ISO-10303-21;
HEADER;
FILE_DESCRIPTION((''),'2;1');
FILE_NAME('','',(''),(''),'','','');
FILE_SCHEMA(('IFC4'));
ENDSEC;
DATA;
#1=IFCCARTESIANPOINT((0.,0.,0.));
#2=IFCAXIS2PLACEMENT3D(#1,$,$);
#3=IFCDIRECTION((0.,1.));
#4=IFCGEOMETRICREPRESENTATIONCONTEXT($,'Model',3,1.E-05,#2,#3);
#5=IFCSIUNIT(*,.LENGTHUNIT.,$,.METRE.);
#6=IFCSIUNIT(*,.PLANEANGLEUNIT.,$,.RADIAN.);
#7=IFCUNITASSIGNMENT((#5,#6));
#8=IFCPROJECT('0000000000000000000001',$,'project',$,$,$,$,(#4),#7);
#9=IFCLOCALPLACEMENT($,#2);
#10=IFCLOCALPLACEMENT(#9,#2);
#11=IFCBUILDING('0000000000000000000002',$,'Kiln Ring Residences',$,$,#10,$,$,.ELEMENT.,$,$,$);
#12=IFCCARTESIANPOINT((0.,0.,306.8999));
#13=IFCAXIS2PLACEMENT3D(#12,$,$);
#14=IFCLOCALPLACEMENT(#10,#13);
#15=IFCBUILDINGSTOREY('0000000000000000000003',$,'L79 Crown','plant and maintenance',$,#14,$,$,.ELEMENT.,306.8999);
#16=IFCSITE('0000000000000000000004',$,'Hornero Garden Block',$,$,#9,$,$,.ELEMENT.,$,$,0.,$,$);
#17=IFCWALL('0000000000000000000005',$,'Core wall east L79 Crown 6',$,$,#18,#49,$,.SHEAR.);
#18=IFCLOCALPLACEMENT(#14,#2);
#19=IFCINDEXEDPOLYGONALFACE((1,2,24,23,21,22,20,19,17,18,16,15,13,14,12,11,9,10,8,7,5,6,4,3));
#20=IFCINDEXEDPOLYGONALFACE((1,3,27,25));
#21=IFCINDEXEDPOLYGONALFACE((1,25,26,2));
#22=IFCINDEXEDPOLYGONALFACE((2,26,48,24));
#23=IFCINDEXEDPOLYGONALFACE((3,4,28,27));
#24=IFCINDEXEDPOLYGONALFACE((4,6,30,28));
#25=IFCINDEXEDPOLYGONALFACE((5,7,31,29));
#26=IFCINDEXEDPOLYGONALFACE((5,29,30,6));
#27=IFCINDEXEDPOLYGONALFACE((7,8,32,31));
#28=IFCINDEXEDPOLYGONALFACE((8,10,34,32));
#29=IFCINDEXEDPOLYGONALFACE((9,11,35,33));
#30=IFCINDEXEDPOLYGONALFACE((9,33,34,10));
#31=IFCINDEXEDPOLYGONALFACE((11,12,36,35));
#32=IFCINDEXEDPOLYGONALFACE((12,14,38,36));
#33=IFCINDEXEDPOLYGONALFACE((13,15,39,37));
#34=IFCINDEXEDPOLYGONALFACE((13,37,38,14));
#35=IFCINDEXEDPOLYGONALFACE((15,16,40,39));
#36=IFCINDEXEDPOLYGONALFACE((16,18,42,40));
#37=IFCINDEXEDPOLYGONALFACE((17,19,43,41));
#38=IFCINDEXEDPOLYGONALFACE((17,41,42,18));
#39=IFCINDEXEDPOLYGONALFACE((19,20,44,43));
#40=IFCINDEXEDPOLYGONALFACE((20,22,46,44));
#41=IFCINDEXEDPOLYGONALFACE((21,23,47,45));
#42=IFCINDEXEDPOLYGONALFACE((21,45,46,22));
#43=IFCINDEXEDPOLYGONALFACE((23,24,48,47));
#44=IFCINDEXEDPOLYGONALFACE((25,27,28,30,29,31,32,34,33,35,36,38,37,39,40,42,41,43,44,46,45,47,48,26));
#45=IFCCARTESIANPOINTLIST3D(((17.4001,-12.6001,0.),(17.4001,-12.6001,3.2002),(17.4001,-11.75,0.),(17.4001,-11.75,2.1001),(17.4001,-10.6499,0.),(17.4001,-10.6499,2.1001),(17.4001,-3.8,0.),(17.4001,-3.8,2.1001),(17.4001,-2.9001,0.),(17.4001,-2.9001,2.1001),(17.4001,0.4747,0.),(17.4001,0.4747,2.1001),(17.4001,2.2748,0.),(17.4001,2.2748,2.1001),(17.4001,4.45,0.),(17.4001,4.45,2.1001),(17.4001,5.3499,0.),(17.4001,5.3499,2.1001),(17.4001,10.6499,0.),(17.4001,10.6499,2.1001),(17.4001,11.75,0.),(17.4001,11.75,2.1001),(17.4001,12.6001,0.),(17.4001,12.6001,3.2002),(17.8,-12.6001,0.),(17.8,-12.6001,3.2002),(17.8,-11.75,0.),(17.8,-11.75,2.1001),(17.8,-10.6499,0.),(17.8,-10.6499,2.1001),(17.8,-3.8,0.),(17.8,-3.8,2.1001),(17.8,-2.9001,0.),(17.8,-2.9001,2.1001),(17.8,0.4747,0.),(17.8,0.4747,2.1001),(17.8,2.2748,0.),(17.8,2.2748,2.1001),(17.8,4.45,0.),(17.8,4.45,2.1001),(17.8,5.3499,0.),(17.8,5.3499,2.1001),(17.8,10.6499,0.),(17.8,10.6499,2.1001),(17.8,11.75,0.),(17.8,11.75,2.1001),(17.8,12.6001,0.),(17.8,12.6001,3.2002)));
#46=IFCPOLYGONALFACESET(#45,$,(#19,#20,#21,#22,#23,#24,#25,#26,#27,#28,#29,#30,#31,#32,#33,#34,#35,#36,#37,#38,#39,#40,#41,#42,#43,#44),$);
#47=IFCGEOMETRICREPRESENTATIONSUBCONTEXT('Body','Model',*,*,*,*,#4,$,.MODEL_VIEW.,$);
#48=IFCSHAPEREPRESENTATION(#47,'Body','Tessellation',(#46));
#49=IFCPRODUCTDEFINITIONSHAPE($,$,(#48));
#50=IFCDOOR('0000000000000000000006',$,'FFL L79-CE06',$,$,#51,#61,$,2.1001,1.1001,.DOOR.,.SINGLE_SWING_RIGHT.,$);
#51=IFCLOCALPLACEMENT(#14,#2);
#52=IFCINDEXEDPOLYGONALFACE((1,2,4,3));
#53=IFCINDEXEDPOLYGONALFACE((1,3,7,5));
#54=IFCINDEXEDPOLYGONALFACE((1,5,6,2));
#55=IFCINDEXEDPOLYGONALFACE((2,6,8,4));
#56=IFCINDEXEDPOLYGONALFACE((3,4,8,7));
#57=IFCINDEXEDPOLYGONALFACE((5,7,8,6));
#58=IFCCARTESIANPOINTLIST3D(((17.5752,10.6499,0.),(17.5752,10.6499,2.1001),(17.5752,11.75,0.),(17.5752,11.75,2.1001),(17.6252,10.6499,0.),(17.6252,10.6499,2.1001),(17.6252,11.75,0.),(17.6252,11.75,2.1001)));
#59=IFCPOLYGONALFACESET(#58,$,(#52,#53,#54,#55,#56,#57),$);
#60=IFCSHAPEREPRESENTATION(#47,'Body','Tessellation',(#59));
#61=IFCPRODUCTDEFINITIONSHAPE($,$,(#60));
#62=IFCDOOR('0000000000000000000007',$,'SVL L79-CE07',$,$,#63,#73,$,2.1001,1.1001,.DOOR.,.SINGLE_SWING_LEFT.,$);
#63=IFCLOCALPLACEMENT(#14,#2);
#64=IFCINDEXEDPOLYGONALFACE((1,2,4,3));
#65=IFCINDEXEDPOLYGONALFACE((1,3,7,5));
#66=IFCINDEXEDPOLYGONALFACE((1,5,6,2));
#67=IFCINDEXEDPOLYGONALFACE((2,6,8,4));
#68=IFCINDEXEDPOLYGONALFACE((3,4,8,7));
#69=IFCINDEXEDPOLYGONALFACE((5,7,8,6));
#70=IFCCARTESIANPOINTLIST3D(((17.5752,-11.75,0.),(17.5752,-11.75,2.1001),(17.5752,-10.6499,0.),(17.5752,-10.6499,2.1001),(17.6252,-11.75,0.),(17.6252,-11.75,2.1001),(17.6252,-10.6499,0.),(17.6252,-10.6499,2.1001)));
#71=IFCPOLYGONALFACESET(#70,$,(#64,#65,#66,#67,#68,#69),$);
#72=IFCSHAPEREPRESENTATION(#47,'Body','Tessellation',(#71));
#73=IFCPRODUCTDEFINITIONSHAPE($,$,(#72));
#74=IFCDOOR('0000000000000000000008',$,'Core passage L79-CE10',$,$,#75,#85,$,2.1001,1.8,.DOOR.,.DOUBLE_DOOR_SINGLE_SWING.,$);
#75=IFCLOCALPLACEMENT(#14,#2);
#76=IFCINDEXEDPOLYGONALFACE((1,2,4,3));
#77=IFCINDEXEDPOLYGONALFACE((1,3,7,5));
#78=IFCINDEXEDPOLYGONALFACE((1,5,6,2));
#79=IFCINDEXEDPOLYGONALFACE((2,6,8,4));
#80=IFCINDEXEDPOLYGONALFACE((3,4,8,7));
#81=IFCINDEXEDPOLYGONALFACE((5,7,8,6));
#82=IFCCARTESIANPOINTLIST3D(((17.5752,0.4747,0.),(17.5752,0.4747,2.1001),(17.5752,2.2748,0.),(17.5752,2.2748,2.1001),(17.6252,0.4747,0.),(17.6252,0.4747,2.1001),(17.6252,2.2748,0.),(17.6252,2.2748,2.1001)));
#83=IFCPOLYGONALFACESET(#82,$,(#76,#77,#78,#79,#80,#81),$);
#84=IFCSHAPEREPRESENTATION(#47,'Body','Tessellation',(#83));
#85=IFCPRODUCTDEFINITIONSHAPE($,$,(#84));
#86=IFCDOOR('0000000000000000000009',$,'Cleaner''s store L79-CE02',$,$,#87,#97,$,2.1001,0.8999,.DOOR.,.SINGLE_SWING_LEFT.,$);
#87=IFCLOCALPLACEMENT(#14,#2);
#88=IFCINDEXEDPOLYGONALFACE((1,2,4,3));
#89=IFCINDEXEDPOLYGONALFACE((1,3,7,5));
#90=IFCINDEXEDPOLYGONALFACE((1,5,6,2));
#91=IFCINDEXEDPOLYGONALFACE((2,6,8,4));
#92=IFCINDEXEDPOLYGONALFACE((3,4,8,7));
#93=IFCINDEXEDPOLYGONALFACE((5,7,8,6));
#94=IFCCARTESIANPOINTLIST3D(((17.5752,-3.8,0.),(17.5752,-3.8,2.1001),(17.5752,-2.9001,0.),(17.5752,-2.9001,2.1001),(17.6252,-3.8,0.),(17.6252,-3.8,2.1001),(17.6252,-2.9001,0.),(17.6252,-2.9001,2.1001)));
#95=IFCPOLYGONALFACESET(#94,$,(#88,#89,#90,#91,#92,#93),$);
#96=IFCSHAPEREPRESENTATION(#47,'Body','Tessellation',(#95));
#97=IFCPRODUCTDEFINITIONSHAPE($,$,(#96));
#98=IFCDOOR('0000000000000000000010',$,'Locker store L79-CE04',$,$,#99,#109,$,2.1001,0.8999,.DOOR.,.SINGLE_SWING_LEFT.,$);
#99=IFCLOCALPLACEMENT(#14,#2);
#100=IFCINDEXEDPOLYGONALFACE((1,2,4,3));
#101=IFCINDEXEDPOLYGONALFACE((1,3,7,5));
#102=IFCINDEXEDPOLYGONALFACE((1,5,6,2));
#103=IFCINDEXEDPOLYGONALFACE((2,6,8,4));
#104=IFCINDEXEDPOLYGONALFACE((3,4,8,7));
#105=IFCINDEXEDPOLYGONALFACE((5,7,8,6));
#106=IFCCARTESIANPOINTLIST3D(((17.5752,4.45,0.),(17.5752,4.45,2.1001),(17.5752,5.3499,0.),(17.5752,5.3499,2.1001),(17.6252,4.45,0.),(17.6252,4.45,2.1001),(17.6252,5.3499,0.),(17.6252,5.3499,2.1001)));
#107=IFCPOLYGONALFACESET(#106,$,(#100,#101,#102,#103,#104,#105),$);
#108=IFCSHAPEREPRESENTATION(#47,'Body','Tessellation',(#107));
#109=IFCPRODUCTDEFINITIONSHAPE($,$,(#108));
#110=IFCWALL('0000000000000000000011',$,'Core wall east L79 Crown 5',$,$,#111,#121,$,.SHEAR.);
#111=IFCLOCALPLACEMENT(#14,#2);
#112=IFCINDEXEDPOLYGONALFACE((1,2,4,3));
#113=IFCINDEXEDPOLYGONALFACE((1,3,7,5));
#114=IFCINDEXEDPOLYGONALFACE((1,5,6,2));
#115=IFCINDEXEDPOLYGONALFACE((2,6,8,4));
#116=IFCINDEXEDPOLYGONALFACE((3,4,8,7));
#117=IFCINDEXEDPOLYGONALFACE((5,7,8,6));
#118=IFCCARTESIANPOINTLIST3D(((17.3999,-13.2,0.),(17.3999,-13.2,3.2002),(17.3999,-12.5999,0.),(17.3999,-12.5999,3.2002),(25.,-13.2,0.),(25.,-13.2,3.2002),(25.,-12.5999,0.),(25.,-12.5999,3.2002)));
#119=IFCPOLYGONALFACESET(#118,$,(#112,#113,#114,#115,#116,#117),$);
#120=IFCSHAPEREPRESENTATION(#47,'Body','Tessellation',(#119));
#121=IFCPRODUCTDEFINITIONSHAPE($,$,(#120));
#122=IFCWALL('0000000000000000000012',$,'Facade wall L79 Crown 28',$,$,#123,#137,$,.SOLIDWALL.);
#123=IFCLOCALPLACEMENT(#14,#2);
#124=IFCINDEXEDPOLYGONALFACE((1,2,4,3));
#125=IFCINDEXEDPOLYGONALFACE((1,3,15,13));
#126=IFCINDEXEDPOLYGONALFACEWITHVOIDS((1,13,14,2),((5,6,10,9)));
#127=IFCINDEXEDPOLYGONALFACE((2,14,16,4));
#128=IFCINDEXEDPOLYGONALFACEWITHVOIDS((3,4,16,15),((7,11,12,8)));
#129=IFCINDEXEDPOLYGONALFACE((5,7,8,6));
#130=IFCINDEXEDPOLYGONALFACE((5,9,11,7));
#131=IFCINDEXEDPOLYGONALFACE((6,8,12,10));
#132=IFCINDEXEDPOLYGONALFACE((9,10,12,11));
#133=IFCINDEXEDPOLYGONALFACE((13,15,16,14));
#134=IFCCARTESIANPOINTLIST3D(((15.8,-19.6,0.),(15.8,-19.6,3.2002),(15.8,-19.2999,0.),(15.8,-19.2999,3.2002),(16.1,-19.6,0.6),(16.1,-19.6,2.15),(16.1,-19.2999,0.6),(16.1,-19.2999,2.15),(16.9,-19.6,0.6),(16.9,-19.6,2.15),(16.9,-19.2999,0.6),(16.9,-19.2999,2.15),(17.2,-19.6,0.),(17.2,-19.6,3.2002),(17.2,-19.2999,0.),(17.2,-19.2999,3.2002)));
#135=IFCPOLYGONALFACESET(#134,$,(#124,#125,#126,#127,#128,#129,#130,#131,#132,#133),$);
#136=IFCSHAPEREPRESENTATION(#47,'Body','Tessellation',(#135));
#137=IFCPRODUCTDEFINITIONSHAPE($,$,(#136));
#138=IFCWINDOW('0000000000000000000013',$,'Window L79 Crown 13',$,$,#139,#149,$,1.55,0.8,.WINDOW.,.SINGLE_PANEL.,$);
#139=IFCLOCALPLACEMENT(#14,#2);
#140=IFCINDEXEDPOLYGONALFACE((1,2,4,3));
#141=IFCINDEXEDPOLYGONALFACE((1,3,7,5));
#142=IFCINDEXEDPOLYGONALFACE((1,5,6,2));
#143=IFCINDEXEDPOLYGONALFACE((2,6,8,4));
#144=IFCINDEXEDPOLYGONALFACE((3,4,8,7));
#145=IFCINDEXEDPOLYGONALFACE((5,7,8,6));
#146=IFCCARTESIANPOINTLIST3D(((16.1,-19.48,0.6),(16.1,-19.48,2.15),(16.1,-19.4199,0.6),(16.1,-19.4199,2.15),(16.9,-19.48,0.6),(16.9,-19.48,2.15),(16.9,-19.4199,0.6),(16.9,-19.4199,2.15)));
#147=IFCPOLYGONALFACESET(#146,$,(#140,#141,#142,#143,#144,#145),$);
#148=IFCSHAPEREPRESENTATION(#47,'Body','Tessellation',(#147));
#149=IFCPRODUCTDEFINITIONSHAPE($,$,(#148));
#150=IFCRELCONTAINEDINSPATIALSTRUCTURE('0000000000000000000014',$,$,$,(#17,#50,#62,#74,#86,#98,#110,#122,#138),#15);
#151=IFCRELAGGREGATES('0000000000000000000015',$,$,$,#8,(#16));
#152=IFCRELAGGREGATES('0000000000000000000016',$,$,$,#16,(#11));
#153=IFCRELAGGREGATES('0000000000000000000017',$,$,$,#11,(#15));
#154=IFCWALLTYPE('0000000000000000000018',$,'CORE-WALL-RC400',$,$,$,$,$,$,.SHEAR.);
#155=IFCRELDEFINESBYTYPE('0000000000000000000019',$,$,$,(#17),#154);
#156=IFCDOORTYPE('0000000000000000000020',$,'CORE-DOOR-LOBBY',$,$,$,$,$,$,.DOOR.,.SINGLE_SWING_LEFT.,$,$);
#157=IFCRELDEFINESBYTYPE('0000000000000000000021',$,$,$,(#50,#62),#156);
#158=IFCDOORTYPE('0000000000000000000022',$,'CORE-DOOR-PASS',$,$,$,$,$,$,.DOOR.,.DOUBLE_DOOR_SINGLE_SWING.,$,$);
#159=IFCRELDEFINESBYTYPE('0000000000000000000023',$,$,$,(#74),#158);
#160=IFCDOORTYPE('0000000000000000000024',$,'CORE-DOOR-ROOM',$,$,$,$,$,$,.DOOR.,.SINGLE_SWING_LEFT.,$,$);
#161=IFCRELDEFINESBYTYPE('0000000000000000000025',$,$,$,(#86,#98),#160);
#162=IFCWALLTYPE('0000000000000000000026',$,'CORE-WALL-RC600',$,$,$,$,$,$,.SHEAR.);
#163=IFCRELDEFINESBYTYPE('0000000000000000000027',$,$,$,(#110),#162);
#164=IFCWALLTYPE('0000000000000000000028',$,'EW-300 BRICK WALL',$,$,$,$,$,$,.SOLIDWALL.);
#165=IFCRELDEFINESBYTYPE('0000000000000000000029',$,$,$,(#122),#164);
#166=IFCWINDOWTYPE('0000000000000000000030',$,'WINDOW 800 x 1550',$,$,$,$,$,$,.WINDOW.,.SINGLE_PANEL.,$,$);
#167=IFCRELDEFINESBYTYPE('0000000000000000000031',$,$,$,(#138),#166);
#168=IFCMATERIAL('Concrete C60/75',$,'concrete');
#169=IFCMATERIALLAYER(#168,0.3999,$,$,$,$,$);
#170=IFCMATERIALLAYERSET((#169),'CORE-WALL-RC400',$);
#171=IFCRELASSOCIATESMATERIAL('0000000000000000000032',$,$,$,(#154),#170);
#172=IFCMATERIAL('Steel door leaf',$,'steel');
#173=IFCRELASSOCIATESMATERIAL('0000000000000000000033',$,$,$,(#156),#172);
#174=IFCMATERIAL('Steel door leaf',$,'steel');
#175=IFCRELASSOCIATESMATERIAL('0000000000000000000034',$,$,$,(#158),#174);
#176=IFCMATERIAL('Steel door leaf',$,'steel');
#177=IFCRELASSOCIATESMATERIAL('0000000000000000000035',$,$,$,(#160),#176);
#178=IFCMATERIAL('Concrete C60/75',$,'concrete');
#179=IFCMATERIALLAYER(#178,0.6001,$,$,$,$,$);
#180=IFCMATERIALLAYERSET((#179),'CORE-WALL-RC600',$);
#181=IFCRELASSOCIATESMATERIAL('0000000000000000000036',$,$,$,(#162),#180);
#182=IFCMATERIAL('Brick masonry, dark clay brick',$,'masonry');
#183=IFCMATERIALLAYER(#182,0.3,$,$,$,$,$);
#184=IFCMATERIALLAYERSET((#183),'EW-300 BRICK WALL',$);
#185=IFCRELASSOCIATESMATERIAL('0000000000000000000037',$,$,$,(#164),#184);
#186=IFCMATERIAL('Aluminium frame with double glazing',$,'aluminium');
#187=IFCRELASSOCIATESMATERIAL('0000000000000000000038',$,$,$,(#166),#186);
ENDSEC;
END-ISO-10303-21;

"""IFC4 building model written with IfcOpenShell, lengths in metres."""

from ifc_helpers import new_model, si_unit, direction, frame, frame_2d, origin, place, context, subcontext, project, spatial, rectangle, extrude, material, layer, layer_set, type_object, element, fill, save


model = new_model("IFC4")

# Units and contexts
model_context = context("Model", 3, precision=1e-05, world=origin(), true_north=direction((0.0, 1.0)))
body_context = subcontext(model_context, "Body", "Model", "MODEL_VIEW")
ifc_project = project(units=[si_unit("LENGTHUNIT", "METRE"), si_unit("PLANEANGLEUNIT", "RADIAN")], contexts=[model_context])

# Site, building, storey
site_placement = place(None, origin())
site = spatial("IfcSite", under=ifc_project, at=site_placement, Name="Hornero Garden Block", CompositionType="ELEMENT", RefElevation=0.0)
building_placement = place(site_placement, origin())
building = spatial("IfcBuilding", under=site, at=building_placement, Name="Kiln Ring Residences", CompositionType="ELEMENT")
storey_placement = place(building_placement, frame((0.0, 0.0, 306.8999)))
storey = spatial("IfcBuildingStorey", under=building, at=storey_placement, Name="L79 Crown", Description="plant and maintenance", CompositionType="ELEMENT", Elevation=306.8999)

# Wall, openings, doors
ifc_material_1 = material(Name="Concrete C60/75", Category="concrete")
ifc_layer_1 = layer(ifc_material_1, 0.3999)
ifc_layer_set_1 = layer_set([ifc_layer_1], Name="CORE-WALL-RC400")
wall_type_1 = type_object("IfcWallType", Name="CORE-WALL-RC400", PredefinedType="SHEAR", material=ifc_layer_set_1)
wall_1_placement = place(storey_placement, frame((17.6001, -12.6001, 0.0), z_axis=(0.0, 0.0, 1.0), x_axis=(0.0, 1.0, 0.0)))
wall_1 = element("IfcWall", 1, at=wall_1_placement, inside=storey, type_object=wall_type_1, Name="Core wall east L79 Crown 6", PredefinedType="SHEAR", context=body_context, shape_type="SweptSolid", body=[
    extrude(rectangle(XDim=25.2002, YDim=0.3999, at=frame_2d((12.6001, 0.0))), origin(), (0.0, 0.0, 1.0), 3.2002),
])
opening_1_placement = place(wall_1_placement, frame((8.8, 0.0, 0.0)))
opening_1 = element("IfcOpeningElement", 2, at=opening_1_placement, cuts=wall_1, PredefinedType="OPENING", context=body_context, shape_type="SweptSolid", body=[
    extrude(rectangle(XDim=0.8999, YDim=2.1001, at=frame_2d((0.45, 1.05))), frame((0.0, 0.21, 0.0), z_axis=(0.0, -1.0, 0.0), x_axis=(1.0, 0.0, 0.0)), (0.0, 0.0, 1.0), 0.4199),
])
opening_2_placement = place(wall_1_placement, frame((17.05, 0.0, 0.0)))
opening_2 = element("IfcOpeningElement", 3, at=opening_2_placement, cuts=wall_1, PredefinedType="OPENING", context=body_context, shape_type="SweptSolid", body=[
    extrude(rectangle(XDim=0.8999, YDim=2.1001, at=frame_2d((0.45, 1.05))), frame((0.0, 0.21, 0.0), z_axis=(0.0, -1.0, 0.0), x_axis=(1.0, 0.0, 0.0)), (0.0, 0.0, 1.0), 0.4199),
])
opening_3_placement = place(wall_1_placement, frame((23.25, 0.0, 0.0)))
opening_3 = element("IfcOpeningElement", 4, at=opening_3_placement, cuts=wall_1, PredefinedType="OPENING", context=body_context, shape_type="SweptSolid", body=[
    extrude(rectangle(XDim=1.1001, YDim=2.1001, at=frame_2d((0.55, 1.05))), frame((0.0, 0.21, 0.0), z_axis=(0.0, -1.0, 0.0), x_axis=(1.0, 0.0, 0.0)), (0.0, 0.0, 1.0), 0.4199),
])
opening_4_placement = place(wall_1_placement, frame((0.8501, 0.0, 0.0)))
opening_4 = element("IfcOpeningElement", 5, at=opening_4_placement, cuts=wall_1, PredefinedType="OPENING", context=body_context, shape_type="SweptSolid", body=[
    extrude(rectangle(XDim=1.1001, YDim=2.1001, at=frame_2d((0.55, 1.05))), frame((0.0, 0.21, 0.0), z_axis=(0.0, -1.0, 0.0), x_axis=(1.0, 0.0, 0.0)), (0.0, 0.0, 1.0), 0.4199),
])
opening_5_placement = place(wall_1_placement, frame((13.075, 0.0, 0.0)))
opening_5 = element("IfcOpeningElement", 6, at=opening_5_placement, cuts=wall_1, PredefinedType="OPENING", context=body_context, shape_type="SweptSolid", body=[
    extrude(rectangle(XDim=1.8, YDim=2.1001, at=frame_2d((0.8999, 1.05))), frame((0.0, 0.21, 0.0), z_axis=(0.0, -1.0, 0.0), x_axis=(1.0, 0.0, 0.0)), (0.0, 0.0, 1.0), 0.4199),
])
ifc_material_2 = material(Name="Steel door leaf", Category="steel")
door_type_1 = type_object("IfcDoorType", Name="CORE-DOOR-LOBBY", OperationType="SINGLE_SWING_LEFT", PredefinedType="DOOR", material=ifc_material_2)
door_1_placement = place(opening_3_placement, origin())
door_1 = element("IfcDoor", 7, at=door_1_placement, inside=storey, type_object=door_type_1, Name="FFL L79-CE06", OperationType="SINGLE_SWING_RIGHT", OverallHeight=2.1001, OverallWidth=1.1001, PredefinedType="DOOR", context=body_context, shape_type="SweptSolid", body=[
    extrude(rectangle(XDim=1.1001, YDim=2.1001, at=frame_2d((0.55, 1.05))), frame((0.0, 0.0249, 0.0), z_axis=(0.0, -1.0, 0.0), x_axis=(1.0, 0.0, 0.0)), (0.0, 0.0, 1.0), 0.05),
])
fill(opening_3, door_1)
door_2_placement = place(opening_4_placement, origin())
door_2 = element("IfcDoor", 8, at=door_2_placement, inside=storey, type_object=door_type_1, Name="SVL L79-CE07", OperationType="SINGLE_SWING_LEFT", OverallHeight=2.1001, OverallWidth=1.1001, PredefinedType="DOOR", context=body_context, shape_type="SweptSolid", body=[
    extrude(rectangle(XDim=1.1001, YDim=2.1001, at=frame_2d((0.55, 1.05))), frame((0.0, 0.0249, 0.0), z_axis=(0.0, -1.0, 0.0), x_axis=(1.0, 0.0, 0.0)), (0.0, 0.0, 1.0), 0.05),
])
fill(opening_4, door_2)
ifc_material_3 = material(Name="Steel door leaf", Category="steel")
door_type_2 = type_object("IfcDoorType", Name="CORE-DOOR-PASS", OperationType="DOUBLE_DOOR_SINGLE_SWING", PredefinedType="DOOR", material=ifc_material_3)
door_3_placement = place(opening_5_placement, origin())
door_3 = element("IfcDoor", 9, at=door_3_placement, inside=storey, type_object=door_type_2, Name="Core passage L79-CE10", OperationType="DOUBLE_DOOR_SINGLE_SWING", OverallHeight=2.1001, OverallWidth=1.8, PredefinedType="DOOR", context=body_context, shape_type="SweptSolid", body=[
    extrude(rectangle(XDim=1.8, YDim=2.1001, at=frame_2d((0.8999, 1.05))), frame((0.0, 0.0249, 0.0), z_axis=(0.0, -1.0, 0.0), x_axis=(1.0, 0.0, 0.0)), (0.0, 0.0, 1.0), 0.05),
])
fill(opening_5, door_3)
ifc_material_4 = material(Name="Steel door leaf", Category="steel")
door_type_3 = type_object("IfcDoorType", Name="CORE-DOOR-ROOM", OperationType="SINGLE_SWING_LEFT", PredefinedType="DOOR", material=ifc_material_4)
door_4_placement = place(opening_1_placement, origin())
door_4 = element("IfcDoor", 10, at=door_4_placement, inside=storey, type_object=door_type_3, Name="Cleaner's store L79-CE02", OperationType="SINGLE_SWING_LEFT", OverallHeight=2.1001, OverallWidth=0.8999, PredefinedType="DOOR", context=body_context, shape_type="SweptSolid", body=[
    extrude(rectangle(XDim=0.8999, YDim=2.1001, at=frame_2d((0.45, 1.05))), frame((0.0, 0.0249, 0.0), z_axis=(0.0, -1.0, 0.0), x_axis=(1.0, 0.0, 0.0)), (0.0, 0.0, 1.0), 0.05),
])
fill(opening_1, door_4)
door_5_placement = place(opening_2_placement, origin())
door_5 = element("IfcDoor", 11, at=door_5_placement, inside=storey, type_object=door_type_3, Name="Locker store L79-CE04", OperationType="SINGLE_SWING_LEFT", OverallHeight=2.1001, OverallWidth=0.8999, PredefinedType="DOOR", context=body_context, shape_type="SweptSolid", body=[
    extrude(rectangle(XDim=0.8999, YDim=2.1001, at=frame_2d((0.45, 1.05))), frame((0.0, 0.0249, 0.0), z_axis=(0.0, -1.0, 0.0), x_axis=(1.0, 0.0, 0.0)), (0.0, 0.0, 1.0), 0.05),
])
fill(opening_2, door_5)

# Wall
ifc_material_5 = material(Name="Concrete C60/75", Category="concrete")
ifc_layer_2 = layer(ifc_material_5, 0.6001)
ifc_layer_set_2 = layer_set([ifc_layer_2], Name="CORE-WALL-RC600")
wall_type_2 = type_object("IfcWallType", Name="CORE-WALL-RC600", PredefinedType="SHEAR", material=ifc_layer_set_2)
wall_2_placement = place(storey_placement, frame((17.3999, -12.8999, 0.0), z_axis=(0.0, 0.0, 1.0), x_axis=(1.0, 0.0, 0.0)))
element("IfcWall", 12, at=wall_2_placement, inside=storey, type_object=wall_type_2, Name="Core wall east L79 Crown 5", PredefinedType="SHEAR", context=body_context, shape_type="SweptSolid", body=[
    extrude(rectangle(XDim=7.6001, YDim=0.6001, at=frame_2d((3.8, 0.0))), origin(), (0.0, 0.0, 1.0), 3.2002),
])

# Wall, opening, window
ifc_material_6 = material(Name="Brick masonry, dark clay brick", Category="masonry")
ifc_layer_3 = layer(ifc_material_6, 0.3)
ifc_layer_set_3 = layer_set([ifc_layer_3], Name="EW-300 BRICK WALL")
wall_type_3 = type_object("IfcWallType", Name="EW-300 BRICK WALL", PredefinedType="SOLIDWALL", material=ifc_layer_set_3)
wall_3_placement = place(storey_placement, frame((15.8, -19.45, 0.0), z_axis=(0.0, 0.0, 1.0), x_axis=(1.0, 0.0, 0.0)))
wall_3 = element("IfcWall", 13, at=wall_3_placement, inside=storey, type_object=wall_type_3, Name="Facade wall L79 Crown 28", PredefinedType="SOLIDWALL", context=body_context, shape_type="SweptSolid", body=[
    extrude(rectangle(XDim=1.3999, YDim=0.3, at=frame_2d((0.7, 0.0))), origin(), (0.0, 0.0, 1.0), 3.2002),
])
opening_6_placement = place(wall_3_placement, frame((0.3, 0.0, 0.6001)))
opening_6 = element("IfcOpeningElement", 14, at=opening_6_placement, cuts=wall_3, PredefinedType="OPENING", context=body_context, shape_type="SweptSolid", body=[
    extrude(rectangle(XDim=0.8, YDim=1.55, at=frame_2d((0.3999, 0.7749))), frame((0.0, 0.1599, 0.0), z_axis=(0.0, -1.0, 0.0), x_axis=(1.0, 0.0, 0.0)), (0.0, 0.0, 1.0), 0.3201),
])
ifc_material_7 = material(Name="Aluminium frame with double glazing", Category="aluminium")
window_type = type_object("IfcWindowType", Name="WINDOW 800 x 1550", PartitioningType="SINGLE_PANEL", PredefinedType="WINDOW", material=ifc_material_7)
window_1_placement = place(opening_6_placement, origin())
window_1 = element("IfcWindow", 15, at=window_1_placement, inside=storey, type_object=window_type, Name="Window L79 Crown 13", OverallHeight=1.55, OverallWidth=0.8, PartitioningType="SINGLE_PANEL", PredefinedType="WINDOW", context=body_context, shape_type="SweptSolid", body=[
    extrude(rectangle(XDim=0.8, YDim=1.55, at=frame_2d((0.3999, 0.7749))), frame((0.0, 0.03, 0.0), z_axis=(0.0, -1.0, 0.0), x_axis=(1.0, 0.0, 0.0)), (0.0, 0.0, 1.0), 0.0601),
])
fill(opening_6, window_1)

save(model, "model.ifc")
